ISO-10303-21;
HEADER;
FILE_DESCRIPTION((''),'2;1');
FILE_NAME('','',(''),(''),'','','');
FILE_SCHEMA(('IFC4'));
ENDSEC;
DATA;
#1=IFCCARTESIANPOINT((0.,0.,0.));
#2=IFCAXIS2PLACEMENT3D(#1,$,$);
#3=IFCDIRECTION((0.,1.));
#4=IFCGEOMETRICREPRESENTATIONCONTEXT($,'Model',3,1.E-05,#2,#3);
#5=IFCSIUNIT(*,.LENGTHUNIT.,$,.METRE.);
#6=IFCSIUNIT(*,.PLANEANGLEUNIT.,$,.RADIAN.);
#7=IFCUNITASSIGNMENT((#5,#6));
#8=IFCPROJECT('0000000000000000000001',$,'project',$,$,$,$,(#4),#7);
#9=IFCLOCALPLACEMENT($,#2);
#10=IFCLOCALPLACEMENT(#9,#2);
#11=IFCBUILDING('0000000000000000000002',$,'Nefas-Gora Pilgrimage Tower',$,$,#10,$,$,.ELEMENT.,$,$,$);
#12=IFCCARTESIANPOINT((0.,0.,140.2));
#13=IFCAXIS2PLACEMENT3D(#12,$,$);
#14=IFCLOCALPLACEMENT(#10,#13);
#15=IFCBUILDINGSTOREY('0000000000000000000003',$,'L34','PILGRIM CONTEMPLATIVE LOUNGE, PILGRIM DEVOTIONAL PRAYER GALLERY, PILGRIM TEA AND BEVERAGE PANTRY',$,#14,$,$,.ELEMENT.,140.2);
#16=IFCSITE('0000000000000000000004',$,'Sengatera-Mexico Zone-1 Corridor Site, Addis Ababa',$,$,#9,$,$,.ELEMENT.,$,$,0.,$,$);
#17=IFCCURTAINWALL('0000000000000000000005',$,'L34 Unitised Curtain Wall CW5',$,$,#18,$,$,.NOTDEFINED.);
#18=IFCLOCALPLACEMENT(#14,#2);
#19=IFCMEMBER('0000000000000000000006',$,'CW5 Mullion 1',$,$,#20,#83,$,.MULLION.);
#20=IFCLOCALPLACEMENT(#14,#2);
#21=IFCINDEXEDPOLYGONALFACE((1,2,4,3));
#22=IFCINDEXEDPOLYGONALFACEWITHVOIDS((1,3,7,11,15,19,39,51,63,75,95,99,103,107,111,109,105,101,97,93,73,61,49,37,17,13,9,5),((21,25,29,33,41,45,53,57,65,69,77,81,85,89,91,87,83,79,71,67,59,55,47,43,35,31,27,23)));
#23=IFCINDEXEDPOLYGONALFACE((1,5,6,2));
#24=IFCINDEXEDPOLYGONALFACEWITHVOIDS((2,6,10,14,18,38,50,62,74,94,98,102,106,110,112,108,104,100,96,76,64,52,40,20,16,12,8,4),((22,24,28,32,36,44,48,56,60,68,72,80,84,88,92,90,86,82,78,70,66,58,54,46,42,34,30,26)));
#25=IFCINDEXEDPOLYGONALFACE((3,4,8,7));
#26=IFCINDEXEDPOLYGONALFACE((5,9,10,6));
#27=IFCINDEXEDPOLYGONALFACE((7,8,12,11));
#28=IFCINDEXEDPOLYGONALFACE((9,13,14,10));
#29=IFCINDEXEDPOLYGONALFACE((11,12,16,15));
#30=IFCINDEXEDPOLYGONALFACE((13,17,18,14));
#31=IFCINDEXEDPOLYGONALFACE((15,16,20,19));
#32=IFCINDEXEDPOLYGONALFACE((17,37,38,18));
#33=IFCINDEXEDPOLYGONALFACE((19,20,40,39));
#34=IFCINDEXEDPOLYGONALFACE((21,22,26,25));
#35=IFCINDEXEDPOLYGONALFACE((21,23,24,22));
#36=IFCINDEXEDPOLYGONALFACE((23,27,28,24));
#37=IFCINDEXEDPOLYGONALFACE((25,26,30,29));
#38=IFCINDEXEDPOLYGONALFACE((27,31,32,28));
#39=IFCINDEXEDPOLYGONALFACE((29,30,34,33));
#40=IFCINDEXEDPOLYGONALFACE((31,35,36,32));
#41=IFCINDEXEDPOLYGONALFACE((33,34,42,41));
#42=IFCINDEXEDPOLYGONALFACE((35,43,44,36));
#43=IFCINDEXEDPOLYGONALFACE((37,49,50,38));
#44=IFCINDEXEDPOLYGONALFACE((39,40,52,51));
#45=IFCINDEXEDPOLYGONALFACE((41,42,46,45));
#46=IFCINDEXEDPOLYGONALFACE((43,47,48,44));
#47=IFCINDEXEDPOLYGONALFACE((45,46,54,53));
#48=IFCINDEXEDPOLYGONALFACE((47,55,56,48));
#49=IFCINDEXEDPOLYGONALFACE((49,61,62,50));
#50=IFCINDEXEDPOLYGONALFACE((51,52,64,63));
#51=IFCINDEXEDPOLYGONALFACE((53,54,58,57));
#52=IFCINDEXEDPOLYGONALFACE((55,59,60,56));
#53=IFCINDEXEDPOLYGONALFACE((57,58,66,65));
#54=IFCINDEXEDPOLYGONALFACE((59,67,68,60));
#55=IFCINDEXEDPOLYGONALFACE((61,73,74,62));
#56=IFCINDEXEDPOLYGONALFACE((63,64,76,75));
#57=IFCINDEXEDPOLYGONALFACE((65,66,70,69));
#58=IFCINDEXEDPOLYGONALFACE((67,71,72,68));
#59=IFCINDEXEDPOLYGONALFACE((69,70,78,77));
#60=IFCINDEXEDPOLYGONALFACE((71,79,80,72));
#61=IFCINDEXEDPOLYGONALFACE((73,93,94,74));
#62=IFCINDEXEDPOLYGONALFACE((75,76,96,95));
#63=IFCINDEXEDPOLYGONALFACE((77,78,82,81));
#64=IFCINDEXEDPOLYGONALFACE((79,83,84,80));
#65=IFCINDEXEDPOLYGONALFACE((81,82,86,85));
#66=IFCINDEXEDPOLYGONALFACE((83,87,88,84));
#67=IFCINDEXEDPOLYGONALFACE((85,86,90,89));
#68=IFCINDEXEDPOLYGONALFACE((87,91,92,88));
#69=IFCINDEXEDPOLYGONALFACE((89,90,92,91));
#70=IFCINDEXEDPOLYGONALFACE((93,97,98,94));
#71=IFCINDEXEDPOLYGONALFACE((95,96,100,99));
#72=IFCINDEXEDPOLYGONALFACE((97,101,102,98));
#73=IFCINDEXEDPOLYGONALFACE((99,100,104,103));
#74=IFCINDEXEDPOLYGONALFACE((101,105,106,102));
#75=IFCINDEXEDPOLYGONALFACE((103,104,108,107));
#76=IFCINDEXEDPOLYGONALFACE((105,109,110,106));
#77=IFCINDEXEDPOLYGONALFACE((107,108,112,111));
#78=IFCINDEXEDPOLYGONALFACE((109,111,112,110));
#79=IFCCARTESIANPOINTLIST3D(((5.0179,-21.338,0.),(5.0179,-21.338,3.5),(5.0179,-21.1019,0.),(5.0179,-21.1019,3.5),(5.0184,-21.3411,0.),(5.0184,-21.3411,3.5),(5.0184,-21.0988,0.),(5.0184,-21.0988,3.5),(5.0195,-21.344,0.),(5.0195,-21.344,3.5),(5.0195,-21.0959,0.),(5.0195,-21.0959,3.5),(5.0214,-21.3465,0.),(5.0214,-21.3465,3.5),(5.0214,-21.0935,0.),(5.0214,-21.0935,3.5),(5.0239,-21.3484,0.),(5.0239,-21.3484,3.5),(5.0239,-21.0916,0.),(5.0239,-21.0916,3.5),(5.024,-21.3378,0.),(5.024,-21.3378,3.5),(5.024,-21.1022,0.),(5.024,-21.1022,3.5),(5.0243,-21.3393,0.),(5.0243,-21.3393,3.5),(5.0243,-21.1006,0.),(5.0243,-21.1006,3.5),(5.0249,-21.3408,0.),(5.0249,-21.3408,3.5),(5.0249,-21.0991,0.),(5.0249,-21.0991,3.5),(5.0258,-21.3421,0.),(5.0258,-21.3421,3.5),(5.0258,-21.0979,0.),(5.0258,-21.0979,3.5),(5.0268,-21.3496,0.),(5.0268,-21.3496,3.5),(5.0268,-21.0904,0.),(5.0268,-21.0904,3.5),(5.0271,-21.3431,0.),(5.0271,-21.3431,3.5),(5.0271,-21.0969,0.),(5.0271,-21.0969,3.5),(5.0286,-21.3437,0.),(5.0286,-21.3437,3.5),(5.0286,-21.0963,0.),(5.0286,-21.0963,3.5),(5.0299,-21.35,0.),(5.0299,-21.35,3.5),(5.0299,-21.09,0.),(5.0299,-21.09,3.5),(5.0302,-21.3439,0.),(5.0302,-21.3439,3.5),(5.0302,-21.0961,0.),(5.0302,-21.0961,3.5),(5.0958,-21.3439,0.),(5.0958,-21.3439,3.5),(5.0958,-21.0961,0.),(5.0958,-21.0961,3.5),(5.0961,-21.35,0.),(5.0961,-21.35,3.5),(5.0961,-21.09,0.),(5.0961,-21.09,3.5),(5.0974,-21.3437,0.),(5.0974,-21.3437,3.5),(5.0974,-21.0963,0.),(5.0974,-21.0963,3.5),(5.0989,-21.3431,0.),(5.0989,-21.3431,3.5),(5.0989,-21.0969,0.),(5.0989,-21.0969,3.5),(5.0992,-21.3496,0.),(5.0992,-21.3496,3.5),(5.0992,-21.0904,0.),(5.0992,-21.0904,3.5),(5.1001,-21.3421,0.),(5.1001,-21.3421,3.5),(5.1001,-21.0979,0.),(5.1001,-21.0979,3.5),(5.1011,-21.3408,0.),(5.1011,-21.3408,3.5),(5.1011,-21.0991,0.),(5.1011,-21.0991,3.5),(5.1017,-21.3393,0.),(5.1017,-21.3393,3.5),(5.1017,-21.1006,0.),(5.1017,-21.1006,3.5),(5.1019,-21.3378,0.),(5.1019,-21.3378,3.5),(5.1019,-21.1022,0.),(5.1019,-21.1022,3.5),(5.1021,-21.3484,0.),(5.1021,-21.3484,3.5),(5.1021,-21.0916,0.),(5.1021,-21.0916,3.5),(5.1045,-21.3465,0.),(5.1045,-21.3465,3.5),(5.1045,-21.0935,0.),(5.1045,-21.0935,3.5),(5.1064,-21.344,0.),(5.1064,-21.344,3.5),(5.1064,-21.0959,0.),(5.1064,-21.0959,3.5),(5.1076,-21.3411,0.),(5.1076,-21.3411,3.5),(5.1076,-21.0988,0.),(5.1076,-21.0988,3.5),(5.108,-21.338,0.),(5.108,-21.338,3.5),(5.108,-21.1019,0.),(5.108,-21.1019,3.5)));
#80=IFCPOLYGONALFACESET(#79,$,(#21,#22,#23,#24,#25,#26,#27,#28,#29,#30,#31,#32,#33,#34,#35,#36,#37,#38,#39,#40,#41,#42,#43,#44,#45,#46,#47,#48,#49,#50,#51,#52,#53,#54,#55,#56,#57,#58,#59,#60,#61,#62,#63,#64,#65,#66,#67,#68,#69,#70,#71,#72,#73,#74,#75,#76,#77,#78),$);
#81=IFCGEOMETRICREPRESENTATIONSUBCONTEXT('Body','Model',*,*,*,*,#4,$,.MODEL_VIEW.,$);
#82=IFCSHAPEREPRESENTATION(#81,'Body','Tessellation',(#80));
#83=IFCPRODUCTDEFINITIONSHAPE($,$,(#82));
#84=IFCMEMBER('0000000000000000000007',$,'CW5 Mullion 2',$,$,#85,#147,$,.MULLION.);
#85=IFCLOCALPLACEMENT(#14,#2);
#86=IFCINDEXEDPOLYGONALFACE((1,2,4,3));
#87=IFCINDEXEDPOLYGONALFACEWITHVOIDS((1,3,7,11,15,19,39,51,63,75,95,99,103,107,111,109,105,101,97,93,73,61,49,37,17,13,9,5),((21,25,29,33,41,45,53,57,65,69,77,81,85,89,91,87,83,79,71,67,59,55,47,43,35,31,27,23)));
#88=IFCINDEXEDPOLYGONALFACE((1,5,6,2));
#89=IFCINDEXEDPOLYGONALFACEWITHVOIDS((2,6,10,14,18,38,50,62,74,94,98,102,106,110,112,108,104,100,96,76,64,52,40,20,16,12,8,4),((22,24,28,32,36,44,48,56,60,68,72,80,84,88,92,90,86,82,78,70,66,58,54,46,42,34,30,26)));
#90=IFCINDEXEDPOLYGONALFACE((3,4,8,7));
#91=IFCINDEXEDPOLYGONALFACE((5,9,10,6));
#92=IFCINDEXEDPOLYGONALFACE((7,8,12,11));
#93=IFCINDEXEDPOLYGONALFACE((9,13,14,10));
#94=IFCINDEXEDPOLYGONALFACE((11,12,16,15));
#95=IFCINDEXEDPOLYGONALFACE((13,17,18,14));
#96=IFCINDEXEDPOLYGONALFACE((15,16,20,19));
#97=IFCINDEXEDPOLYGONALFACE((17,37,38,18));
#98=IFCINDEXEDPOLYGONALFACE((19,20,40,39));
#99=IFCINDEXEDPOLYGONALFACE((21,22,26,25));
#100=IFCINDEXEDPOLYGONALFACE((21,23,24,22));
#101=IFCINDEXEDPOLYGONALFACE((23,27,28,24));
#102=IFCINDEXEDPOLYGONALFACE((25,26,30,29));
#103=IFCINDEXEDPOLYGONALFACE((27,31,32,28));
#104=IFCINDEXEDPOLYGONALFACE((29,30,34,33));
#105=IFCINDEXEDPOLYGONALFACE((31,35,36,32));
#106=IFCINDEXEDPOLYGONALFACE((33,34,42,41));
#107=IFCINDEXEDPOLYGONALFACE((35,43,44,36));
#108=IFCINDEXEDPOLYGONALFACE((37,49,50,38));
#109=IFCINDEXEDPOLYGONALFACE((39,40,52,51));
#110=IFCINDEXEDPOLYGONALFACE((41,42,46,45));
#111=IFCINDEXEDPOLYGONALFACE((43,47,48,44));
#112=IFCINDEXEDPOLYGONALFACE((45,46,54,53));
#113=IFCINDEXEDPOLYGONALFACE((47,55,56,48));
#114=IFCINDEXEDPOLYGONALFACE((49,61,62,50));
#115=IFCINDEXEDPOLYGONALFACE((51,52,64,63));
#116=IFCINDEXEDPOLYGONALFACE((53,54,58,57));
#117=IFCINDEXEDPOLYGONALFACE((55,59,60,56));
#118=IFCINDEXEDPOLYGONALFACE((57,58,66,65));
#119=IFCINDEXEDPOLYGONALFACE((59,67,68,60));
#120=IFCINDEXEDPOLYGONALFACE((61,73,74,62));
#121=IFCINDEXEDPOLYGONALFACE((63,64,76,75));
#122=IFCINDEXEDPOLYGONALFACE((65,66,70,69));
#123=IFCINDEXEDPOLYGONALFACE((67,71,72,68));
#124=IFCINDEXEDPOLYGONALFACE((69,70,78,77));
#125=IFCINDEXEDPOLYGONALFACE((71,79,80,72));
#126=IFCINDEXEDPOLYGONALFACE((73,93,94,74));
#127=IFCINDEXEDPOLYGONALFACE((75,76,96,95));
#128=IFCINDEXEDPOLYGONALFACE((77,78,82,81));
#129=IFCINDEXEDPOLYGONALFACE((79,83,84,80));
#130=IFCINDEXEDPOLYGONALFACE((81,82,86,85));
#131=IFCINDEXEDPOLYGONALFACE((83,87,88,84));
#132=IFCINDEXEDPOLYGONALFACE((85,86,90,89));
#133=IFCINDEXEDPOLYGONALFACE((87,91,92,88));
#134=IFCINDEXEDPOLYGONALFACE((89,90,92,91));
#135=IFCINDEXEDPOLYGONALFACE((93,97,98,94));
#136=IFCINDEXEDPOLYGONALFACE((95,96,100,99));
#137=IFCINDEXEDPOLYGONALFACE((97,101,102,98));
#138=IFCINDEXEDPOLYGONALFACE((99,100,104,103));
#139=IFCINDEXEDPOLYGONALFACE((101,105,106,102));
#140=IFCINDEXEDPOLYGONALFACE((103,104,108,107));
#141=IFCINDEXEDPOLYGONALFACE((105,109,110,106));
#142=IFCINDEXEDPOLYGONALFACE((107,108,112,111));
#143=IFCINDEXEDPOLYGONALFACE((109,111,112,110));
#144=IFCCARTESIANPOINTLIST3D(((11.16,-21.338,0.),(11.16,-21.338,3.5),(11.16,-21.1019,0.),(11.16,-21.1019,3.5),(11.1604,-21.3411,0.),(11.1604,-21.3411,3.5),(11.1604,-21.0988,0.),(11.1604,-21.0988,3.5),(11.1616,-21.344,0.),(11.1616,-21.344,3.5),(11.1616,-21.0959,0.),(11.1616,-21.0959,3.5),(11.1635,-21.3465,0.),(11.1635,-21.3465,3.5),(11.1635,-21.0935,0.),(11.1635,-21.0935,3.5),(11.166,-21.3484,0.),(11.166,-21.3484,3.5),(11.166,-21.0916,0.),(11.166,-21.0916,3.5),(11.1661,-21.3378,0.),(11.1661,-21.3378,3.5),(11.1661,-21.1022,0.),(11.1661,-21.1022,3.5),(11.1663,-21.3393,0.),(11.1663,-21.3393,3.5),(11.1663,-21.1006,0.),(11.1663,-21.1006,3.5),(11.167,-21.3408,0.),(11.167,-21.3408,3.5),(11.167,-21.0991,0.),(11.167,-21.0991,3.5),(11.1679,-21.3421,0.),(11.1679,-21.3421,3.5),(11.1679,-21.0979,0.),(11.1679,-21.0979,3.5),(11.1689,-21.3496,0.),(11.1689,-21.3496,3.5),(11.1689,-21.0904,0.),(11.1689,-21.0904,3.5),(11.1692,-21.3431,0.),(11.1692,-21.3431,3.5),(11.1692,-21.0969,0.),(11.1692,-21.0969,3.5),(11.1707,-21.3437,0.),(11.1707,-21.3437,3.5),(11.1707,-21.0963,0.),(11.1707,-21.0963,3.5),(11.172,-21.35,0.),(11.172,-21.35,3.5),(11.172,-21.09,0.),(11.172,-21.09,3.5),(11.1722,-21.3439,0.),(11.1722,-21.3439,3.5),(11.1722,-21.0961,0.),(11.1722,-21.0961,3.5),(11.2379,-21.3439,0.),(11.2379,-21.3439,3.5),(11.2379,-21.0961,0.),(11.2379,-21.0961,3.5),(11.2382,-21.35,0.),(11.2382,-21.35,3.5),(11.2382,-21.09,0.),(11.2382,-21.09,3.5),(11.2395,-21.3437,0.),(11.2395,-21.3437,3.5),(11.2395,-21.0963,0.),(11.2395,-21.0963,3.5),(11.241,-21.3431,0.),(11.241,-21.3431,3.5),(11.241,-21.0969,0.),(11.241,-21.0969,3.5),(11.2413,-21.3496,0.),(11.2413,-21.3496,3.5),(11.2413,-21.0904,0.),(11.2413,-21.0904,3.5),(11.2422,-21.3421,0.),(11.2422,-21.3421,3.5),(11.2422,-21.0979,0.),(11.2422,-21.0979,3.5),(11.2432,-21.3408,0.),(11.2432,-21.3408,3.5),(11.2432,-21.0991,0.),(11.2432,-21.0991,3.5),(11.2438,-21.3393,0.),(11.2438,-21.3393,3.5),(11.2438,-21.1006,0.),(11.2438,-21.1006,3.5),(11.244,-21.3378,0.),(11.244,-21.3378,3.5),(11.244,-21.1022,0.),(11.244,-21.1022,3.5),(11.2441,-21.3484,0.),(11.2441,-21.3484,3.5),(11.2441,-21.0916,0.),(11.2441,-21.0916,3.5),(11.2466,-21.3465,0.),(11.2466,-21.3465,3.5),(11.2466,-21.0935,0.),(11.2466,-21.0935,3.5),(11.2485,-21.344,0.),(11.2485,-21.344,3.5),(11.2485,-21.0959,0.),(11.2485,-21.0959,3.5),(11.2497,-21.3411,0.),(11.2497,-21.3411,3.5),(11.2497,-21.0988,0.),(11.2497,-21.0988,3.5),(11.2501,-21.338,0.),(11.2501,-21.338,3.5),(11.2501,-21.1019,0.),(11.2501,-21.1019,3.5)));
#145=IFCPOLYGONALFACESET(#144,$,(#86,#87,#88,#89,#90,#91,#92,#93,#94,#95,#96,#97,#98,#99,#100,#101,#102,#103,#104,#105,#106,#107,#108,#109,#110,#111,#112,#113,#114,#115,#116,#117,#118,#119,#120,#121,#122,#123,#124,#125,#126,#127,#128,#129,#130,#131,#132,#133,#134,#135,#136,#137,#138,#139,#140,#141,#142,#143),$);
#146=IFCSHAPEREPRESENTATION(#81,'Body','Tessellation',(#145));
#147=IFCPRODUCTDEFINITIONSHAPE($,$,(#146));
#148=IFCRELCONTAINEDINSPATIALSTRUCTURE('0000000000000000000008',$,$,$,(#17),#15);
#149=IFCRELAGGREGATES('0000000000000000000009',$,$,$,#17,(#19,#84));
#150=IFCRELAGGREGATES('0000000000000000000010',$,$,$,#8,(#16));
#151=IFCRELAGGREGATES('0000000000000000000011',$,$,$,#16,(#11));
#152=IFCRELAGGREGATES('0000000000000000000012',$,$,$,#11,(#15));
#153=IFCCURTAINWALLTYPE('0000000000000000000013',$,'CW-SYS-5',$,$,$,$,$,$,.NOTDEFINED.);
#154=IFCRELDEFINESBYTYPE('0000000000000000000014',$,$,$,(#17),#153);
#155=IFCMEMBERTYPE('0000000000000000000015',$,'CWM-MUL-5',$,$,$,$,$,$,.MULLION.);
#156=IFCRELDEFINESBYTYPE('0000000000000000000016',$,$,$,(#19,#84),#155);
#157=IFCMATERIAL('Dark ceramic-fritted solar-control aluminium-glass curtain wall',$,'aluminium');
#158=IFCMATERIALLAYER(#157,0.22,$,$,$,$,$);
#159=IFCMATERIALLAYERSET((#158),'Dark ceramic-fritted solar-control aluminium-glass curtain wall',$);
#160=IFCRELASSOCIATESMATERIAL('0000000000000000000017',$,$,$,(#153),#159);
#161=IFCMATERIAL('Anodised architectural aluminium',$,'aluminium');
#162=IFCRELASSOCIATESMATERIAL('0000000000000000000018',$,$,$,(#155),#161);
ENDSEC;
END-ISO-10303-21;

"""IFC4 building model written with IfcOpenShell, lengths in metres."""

from ifc_helpers import new_model, si_unit, direction, frame, origin, origin_2d, place, context, subcontext, project, spatial, hollow_rectangle, extrude, source, transform, mapped, material, layer, layer_set, material_profile, profile_set, type_object, element, aggregate, save


model = new_model("IFC4")

# Units and contexts
model_context = context("Model", 3, precision=1e-05, world=origin(), true_north=direction((0.0, 1.0)))
body_context = subcontext(model_context, "Body", "Model", "MODEL_VIEW")
ifc_project = project(units=[si_unit("LENGTHUNIT", "METRE"), si_unit("PLANEANGLEUNIT", "RADIAN")], contexts=[model_context])

# Site, building, storey
site_placement = place(None, origin())
site = spatial("IfcSite", under=ifc_project, at=site_placement, Name="Sengatera-Mexico Zone-1 Corridor Site, Addis Ababa", CompositionType="ELEMENT", RefElevation=0.0)
building_placement = place(site_placement, origin())
building = spatial("IfcBuilding", under=site, at=building_placement, Name="Nefas-Gora Pilgrimage Tower", CompositionType="ELEMENT")
storey_placement = place(building_placement, frame((0.0, 0.0, 140.2)))
storey = spatial("IfcBuildingStorey", under=building, at=storey_placement, Name="L34", Description="PILGRIM CONTEMPLATIVE LOUNGE, PILGRIM DEVOTIONAL PRAYER GALLERY, PILGRIM TEA AND BEVERAGE PANTRY", CompositionType="ELEMENT", Elevation=140.2)

# Curtain wall
ifc_material_1 = material(Name="Dark ceramic-fritted solar-control aluminium-glass curtain wall", Category="aluminium")
ifc_layer_1 = layer(ifc_material_1, 0.22)
ifc_layer_set_1 = layer_set([ifc_layer_1], Name="Dark ceramic-fritted solar-control aluminium-glass curtain wall")
curtain_wall_type_1 = type_object("IfcCurtainWallType", Name="CW-SYS-5", PredefinedType="NOTDEFINED", material=ifc_layer_set_1)
curtain_wall_1_placement = place(storey_placement, origin())
curtain_wall_1 = element("IfcCurtainWall", 1, at=curtain_wall_1_placement, inside=storey, type_object=curtain_wall_type_1, Name="L34 Unitised Curtain Wall CW5", PredefinedType="NOTDEFINED")
ifc_material_2 = material(Name="Anodised architectural aluminium", Category="aluminium")

# Members
ifc_material_profile_1 = material_profile(ifc_material_2, hollow_rectangle(XDim=0.0901, YDim=0.26, WallThickness=0.0061, InnerFilletRadius=0.0061, OuterFilletRadius=0.012, at=origin_2d()), Name="ALU MULLION 90x260")
ifc_profile_set_1 = profile_set([ifc_material_profile_1], Name="Anodised architectural aluminium")
member_type_1 = type_object("IfcMemberType", Name="CWM-MUL-5", PredefinedType="MULLION", material=ifc_profile_set_1)
shared_shape_1 = source(origin(), body_context, "Body", "SweptSolid", [
    extrude(hollow_rectangle(XDim=0.0901, YDim=0.26, WallThickness=0.0061, InnerFilletRadius=0.0061, OuterFilletRadius=0.012, at=origin_2d()), origin(), (0.0, 0.0, 1.0), 3.5),
])
member_1_placement = place(storey_placement, frame((5.063, -21.22, 0.0), z_axis=(0.0, 0.0, 1.0), x_axis=(1.0, 0.0, 0.0)))
member_1 = element("IfcMember", 2, at=member_1_placement, type_object=member_type_1, Name="CW5 Mullion 1", PredefinedType="MULLION", context=body_context, shape_type="MappedRepresentation", body=[
    mapped(shared_shape_1, transform((0.0, 0.0, 0.0), x_axis=(1.0, 0.0, 0.0), y_axis=(0.0, 1.0, 0.0), z_axis=(0.0, 0.0, 1.0), scale=1.0)),
])
member_2_placement = place(storey_placement, frame((11.2051, -21.22, 0.0), z_axis=(0.0, 0.0, 1.0), x_axis=(1.0, 0.0, 0.0)))
member_2 = element("IfcMember", 3, at=member_2_placement, type_object=member_type_1, Name="CW5 Mullion 2", PredefinedType="MULLION", context=body_context, shape_type="MappedRepresentation", body=[
    mapped(shared_shape_1, transform((0.0, 0.0, 0.0), x_axis=(1.0, 0.0, 0.0), y_axis=(0.0, 1.0, 0.0), z_axis=(0.0, 0.0, 1.0), scale=1.0)),
])

aggregate(curtain_wall_1, [member_1, member_2])

save(model, "model.ifc")
